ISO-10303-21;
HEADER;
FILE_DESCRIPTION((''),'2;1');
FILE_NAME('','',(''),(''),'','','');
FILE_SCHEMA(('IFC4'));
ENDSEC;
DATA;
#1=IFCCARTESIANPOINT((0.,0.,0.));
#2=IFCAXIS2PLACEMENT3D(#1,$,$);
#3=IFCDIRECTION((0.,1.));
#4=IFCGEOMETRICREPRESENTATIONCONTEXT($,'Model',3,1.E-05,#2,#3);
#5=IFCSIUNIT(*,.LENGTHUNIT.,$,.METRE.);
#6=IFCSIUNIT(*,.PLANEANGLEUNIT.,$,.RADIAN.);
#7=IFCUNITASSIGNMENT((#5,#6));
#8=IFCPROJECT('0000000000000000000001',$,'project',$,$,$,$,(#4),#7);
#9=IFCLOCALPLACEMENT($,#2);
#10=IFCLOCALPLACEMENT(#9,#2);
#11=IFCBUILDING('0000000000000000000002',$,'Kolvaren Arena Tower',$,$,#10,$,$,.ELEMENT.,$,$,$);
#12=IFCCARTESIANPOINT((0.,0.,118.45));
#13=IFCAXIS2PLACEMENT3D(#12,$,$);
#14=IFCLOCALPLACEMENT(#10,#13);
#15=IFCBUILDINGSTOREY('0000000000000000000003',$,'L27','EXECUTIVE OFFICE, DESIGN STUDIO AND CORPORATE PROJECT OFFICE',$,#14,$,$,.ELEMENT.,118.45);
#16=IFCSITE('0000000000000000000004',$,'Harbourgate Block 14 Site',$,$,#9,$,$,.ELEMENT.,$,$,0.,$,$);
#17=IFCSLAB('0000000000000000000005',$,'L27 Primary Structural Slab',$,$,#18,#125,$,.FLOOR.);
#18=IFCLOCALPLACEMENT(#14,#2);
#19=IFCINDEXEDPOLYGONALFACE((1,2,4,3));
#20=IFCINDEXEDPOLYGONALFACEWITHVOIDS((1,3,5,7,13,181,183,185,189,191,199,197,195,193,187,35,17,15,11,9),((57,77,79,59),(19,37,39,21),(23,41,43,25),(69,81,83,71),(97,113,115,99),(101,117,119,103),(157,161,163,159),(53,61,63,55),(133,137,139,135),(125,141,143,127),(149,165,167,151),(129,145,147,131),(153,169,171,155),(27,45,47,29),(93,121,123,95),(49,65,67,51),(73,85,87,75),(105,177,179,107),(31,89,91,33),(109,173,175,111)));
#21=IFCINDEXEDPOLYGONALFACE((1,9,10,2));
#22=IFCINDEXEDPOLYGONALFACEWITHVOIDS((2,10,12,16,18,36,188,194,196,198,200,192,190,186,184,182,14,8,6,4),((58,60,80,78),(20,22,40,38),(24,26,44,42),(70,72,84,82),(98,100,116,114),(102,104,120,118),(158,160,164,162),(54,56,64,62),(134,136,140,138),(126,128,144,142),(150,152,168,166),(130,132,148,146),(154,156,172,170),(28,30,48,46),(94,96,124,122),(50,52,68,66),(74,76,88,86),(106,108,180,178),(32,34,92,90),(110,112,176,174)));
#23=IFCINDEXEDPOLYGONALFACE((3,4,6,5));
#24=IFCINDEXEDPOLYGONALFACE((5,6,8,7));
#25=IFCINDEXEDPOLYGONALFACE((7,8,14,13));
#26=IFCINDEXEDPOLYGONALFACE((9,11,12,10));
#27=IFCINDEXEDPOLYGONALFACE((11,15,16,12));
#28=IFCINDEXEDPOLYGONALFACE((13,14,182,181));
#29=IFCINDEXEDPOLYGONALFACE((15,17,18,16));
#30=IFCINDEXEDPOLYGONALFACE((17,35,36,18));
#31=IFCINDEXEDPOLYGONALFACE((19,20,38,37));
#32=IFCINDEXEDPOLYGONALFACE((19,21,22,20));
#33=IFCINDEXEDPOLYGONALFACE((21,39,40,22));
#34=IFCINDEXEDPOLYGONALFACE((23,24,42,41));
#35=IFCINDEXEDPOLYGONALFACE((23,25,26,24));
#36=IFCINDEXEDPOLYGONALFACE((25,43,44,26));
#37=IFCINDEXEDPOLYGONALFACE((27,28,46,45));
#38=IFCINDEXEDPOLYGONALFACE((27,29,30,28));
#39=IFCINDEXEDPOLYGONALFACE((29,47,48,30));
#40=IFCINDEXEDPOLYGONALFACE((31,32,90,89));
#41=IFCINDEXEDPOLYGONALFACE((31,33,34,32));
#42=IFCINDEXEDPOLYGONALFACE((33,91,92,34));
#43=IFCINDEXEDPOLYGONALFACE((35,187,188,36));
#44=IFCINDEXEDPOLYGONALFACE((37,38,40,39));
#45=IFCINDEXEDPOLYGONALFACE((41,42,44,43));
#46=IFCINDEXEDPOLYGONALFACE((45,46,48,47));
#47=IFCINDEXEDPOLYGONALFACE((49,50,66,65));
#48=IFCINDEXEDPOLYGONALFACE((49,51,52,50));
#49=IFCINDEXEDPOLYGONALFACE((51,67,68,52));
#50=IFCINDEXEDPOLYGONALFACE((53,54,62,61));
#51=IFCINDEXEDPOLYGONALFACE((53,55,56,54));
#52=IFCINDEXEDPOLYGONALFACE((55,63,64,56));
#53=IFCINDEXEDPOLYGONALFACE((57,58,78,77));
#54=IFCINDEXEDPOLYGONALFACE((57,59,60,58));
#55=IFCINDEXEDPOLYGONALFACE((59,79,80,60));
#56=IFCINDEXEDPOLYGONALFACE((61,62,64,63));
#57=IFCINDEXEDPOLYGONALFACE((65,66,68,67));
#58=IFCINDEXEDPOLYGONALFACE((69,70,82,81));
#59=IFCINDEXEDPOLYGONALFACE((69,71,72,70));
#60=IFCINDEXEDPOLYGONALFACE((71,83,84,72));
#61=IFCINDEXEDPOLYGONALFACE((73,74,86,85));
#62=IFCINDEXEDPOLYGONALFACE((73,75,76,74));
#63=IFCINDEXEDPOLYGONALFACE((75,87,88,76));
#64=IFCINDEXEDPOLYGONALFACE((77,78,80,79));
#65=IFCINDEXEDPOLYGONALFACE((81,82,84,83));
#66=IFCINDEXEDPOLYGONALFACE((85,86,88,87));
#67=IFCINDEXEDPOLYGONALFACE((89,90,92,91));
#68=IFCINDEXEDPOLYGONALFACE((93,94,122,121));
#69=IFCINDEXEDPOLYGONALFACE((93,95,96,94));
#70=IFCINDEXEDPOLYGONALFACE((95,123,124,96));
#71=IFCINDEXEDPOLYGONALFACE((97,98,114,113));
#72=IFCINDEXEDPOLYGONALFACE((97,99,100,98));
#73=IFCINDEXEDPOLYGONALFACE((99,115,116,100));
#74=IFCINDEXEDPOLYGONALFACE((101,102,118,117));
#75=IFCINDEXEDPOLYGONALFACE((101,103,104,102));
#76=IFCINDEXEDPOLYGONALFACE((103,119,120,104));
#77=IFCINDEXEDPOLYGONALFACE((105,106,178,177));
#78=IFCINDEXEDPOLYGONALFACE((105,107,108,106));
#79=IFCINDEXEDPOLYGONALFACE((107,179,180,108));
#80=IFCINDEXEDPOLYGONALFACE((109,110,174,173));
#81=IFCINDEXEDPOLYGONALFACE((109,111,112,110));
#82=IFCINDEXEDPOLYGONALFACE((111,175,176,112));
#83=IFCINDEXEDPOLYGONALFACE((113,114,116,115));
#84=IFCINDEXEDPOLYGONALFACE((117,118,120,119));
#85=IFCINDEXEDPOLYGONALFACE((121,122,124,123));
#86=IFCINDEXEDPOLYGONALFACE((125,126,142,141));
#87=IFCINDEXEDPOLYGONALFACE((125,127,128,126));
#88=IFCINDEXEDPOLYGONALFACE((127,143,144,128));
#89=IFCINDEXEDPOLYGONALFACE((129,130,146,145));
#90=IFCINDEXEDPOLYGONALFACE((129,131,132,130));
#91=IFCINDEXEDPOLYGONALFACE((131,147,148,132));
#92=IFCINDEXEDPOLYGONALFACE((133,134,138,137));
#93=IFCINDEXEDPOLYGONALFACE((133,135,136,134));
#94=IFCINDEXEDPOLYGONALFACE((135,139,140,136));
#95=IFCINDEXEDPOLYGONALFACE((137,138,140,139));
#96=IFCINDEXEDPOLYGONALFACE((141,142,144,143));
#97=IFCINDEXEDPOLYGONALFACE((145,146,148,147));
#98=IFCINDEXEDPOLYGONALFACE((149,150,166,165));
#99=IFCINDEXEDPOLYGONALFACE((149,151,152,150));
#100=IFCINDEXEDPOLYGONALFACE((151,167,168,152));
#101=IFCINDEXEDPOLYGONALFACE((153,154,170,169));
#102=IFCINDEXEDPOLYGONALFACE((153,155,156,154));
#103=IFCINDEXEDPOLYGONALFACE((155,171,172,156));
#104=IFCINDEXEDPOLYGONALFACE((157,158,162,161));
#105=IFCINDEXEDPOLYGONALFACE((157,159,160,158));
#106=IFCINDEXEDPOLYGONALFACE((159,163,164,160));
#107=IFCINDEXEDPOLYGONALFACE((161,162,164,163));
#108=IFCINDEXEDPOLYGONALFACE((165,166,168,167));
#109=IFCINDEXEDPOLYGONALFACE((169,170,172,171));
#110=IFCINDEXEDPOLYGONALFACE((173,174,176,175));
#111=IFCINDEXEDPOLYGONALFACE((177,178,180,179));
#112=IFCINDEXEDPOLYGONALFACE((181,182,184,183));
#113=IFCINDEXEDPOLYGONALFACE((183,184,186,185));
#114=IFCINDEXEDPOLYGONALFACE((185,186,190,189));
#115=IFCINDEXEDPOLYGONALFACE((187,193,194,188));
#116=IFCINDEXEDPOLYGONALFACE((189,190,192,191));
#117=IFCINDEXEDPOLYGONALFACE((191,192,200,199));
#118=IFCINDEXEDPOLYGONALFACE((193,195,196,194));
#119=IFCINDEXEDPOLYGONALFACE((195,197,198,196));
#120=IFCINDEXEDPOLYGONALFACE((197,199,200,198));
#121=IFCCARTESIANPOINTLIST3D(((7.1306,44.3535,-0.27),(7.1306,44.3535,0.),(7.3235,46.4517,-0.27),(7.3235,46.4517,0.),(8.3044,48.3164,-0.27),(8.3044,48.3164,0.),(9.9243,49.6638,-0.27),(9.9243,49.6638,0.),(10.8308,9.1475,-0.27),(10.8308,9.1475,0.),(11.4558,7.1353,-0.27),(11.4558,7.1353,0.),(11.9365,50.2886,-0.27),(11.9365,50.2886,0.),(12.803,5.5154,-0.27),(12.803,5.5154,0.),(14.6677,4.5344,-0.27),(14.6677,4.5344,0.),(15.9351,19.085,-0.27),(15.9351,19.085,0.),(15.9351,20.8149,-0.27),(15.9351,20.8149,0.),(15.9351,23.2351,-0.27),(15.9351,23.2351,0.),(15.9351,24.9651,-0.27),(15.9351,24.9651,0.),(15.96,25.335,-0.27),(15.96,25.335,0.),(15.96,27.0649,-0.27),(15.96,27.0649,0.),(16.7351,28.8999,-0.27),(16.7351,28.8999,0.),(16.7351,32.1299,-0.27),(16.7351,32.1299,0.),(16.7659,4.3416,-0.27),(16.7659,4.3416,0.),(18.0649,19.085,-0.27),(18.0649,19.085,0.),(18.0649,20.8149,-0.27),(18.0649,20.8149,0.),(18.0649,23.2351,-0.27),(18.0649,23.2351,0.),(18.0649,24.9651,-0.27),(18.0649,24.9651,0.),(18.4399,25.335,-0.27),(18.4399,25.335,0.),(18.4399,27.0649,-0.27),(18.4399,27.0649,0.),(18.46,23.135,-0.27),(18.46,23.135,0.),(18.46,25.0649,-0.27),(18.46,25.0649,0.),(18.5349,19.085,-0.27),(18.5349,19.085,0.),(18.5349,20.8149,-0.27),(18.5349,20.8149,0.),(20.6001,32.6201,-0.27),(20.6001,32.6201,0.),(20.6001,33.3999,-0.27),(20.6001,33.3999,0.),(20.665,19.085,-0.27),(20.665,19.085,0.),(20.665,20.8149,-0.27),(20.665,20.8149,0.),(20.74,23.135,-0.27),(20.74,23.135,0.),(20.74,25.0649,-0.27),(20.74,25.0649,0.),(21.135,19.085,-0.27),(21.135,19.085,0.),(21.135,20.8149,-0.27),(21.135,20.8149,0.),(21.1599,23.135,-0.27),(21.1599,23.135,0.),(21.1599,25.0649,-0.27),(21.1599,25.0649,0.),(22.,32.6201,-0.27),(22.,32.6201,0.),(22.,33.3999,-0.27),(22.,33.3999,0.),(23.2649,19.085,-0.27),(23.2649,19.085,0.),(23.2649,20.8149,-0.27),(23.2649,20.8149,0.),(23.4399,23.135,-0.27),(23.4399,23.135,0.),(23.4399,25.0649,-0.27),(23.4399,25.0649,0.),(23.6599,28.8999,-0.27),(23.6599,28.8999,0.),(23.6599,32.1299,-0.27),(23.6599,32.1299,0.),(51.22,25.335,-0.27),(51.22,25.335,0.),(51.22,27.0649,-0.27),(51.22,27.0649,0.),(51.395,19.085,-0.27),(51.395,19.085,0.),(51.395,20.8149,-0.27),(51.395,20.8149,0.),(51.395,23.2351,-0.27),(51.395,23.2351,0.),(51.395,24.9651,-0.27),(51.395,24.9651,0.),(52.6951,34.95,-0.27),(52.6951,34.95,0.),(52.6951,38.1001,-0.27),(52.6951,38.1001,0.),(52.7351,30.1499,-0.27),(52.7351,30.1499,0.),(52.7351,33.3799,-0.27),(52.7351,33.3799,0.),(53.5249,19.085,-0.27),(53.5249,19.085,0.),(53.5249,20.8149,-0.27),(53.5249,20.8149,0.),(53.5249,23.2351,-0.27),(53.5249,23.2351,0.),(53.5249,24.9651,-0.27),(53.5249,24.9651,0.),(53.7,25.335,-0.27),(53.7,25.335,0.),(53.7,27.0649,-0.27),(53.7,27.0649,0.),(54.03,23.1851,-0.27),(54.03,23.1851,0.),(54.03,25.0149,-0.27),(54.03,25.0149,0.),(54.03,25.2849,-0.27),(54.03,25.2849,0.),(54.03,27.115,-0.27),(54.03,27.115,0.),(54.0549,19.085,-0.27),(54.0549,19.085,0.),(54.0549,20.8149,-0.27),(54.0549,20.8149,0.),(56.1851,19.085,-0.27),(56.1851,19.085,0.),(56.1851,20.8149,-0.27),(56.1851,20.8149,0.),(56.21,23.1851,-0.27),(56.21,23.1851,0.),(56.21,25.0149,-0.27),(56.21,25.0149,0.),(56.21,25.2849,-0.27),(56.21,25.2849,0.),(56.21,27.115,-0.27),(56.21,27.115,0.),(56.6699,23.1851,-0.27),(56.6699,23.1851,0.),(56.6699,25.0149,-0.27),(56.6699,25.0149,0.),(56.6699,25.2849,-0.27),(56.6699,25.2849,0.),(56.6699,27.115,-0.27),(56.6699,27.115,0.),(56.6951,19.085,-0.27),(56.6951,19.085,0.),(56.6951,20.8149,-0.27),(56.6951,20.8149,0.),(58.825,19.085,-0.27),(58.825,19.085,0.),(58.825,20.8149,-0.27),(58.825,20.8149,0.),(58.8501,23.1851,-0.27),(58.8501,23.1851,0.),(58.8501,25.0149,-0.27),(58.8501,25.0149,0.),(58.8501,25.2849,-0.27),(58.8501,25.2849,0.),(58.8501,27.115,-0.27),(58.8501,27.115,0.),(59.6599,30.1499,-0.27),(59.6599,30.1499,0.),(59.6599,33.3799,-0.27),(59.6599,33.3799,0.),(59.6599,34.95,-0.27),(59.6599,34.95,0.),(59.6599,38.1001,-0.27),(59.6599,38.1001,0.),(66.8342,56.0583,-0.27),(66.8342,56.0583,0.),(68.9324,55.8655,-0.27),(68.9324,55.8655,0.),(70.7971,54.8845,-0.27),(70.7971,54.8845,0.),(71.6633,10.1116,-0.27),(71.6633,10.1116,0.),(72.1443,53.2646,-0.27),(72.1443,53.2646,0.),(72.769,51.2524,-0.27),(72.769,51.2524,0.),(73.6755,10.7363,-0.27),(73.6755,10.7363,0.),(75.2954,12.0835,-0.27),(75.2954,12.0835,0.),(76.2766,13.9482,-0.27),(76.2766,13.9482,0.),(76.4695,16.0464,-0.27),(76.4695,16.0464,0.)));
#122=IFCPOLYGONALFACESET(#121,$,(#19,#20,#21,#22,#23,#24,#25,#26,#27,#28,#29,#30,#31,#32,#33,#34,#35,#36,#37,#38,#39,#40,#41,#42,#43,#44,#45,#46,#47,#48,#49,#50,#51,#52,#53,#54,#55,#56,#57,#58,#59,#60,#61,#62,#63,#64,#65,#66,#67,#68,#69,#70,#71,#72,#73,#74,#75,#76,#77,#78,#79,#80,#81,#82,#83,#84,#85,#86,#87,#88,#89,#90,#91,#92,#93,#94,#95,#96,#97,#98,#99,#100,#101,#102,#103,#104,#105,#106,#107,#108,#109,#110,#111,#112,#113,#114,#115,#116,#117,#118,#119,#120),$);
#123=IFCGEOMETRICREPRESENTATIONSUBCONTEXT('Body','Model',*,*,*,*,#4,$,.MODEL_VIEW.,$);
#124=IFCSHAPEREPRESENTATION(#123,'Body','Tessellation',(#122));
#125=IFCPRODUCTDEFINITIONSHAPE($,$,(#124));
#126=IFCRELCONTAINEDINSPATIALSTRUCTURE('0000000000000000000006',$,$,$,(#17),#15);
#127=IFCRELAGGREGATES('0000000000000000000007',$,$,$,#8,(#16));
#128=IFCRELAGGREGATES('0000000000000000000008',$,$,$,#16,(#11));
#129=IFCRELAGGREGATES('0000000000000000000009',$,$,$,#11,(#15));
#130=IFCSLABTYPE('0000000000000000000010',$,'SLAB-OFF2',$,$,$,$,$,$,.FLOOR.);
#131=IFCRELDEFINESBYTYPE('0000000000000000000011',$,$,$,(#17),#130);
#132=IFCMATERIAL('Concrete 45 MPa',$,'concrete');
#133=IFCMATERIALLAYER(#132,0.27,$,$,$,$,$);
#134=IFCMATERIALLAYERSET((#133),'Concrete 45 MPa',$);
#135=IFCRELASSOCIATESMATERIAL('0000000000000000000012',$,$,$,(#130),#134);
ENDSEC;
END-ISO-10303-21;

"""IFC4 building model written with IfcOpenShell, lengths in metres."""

from ifc_helpers import new_model, si_unit, direction, frame, origin, place, context, subcontext, project, spatial, polyline, outline, extrude, material, layer, layer_set, type_object, element, save


model = new_model("IFC4")

# Units and contexts
model_context = context("Model", 3, precision=1e-05, world=origin(), true_north=direction((0.0, 1.0)))
body_context = subcontext(model_context, "Body", "Model", "MODEL_VIEW")
ifc_project = project(units=[si_unit("LENGTHUNIT", "METRE"), si_unit("PLANEANGLEUNIT", "RADIAN")], contexts=[model_context])

# Site, building, storey
site_placement = place(None, origin())
site = spatial("IfcSite", under=ifc_project, at=site_placement, Name="Harbourgate Block 14 Site", CompositionType="ELEMENT", RefElevation=0.0)
building_placement = place(site_placement, origin())
building = spatial("IfcBuilding", under=site, at=building_placement, Name="Kolvaren Arena Tower", CompositionType="ELEMENT")
storey_placement = place(building_placement, frame((0.0, 0.0, 118.45)))
storey = spatial("IfcBuildingStorey", under=building, at=storey_placement, Name="L27", Description="EXECUTIVE OFFICE, DESIGN STUDIO AND CORPORATE PROJECT OFFICE", CompositionType="ELEMENT", Elevation=118.45)

# Shared definitions
ifc_material_1 = material(Name="Concrete 45 MPa", Category="concrete")

# Slab
ifc_layer_1 = layer(ifc_material_1, 0.27)
ifc_layer_set_1 = layer_set([ifc_layer_1], Name="Concrete 45 MPa")
slab_type_1 = type_object("IfcSlabType", Name="SLAB-OFF2", PredefinedType="FLOOR", material=ifc_layer_set_1)
slab_1_placement = place(storey_placement, frame((0.0, 0.0, -0.27)))
element("IfcSlab", 1, at=slab_1_placement, inside=storey, type_object=slab_type_1, Name="L27 Primary Structural Slab", PredefinedType="FLOOR", context=body_context, shape_type="SweptSolid", body=[
    extrude(outline(polyline([(71.6633, 10.1116), (73.6755, 10.7363), (75.2954, 12.0835), (76.2766, 13.9482), (76.4695, 16.0464), (72.769, 51.2524), (72.1443, 53.2646), (70.7971, 54.8845), (68.9324, 55.8655), (66.8342, 56.0583), (11.9365, 50.2886), (9.9243, 49.6638), (8.3044, 48.3164), (7.3235, 46.4517), (7.1306, 44.3535), (10.8308, 9.1475), (11.4558, 7.1353), (12.803, 5.5154), (14.6677, 4.5344), (16.7659, 4.3416), (71.6633, 10.1116)]), holes=[polyline([(15.9351, 19.085), (15.9351, 20.8149), (18.0649, 20.8149), (18.0649, 19.085), (15.9351, 19.085)]), polyline([(18.5349, 19.085), (18.5349, 20.8149), (20.665, 20.8149), (20.665, 19.085), (18.5349, 19.085)]), polyline([(21.135, 19.085), (21.135, 20.8149), (23.2649, 20.8149), (23.2649, 19.085), (21.135, 19.085)]), polyline([(51.395, 19.085), (51.395, 20.8149), (53.5249, 20.8149), (53.5249, 19.085), (51.395, 19.085)]), polyline([(54.0549, 19.085), (54.0549, 20.8149), (56.1851, 20.8149), (56.1851, 19.085), (54.0549, 19.085)]), polyline([(56.6951, 19.085), (56.6951, 20.8149), (58.825, 20.8149), (58.825, 19.085), (56.6951, 19.085)]), polyline([(18.46, 25.0649), (20.74, 25.0649), (20.74, 23.135), (18.46, 23.135), (18.46, 25.0649)]), polyline([(21.1599, 23.135), (21.1599, 25.0649), (23.4399, 25.0649), (23.4399, 23.135), (21.1599, 23.135)]), polyline([(54.03, 25.0149), (56.21, 25.0149), (56.21, 23.1851), (54.03, 23.1851), (54.03, 25.0149)]), polyline([(56.6699, 25.0149), (58.8501, 25.0149), (58.8501, 23.1851), (56.6699, 23.1851), (56.6699, 25.0149)]), polyline([(15.9351, 24.9651), (18.0649, 24.9651), (18.0649, 23.2351), (15.9351, 23.2351), (15.9351, 24.9651)]), polyline([(51.395, 23.2351), (51.395, 24.9651), (53.5249, 24.9651), (53.5249, 23.2351), (51.395, 23.2351)]), polyline([(54.03, 25.2849), (54.03, 27.115), (56.21, 27.115), (56.21, 25.2849), (54.03, 25.2849)]), polyline([(56.6699, 25.2849), (56.6699, 27.115), (58.8501, 27.115), (58.8501, 25.2849), (56.6699, 25.2849)]), polyline([(15.96, 25.335), (15.96, 27.0649), (18.4399, 27.0649), (18.4399, 25.335), (15.96, 25.335)]), polyline([(51.22, 25.335), (51.22, 27.0649), (53.7, 27.0649), (53.7, 25.335), (51.22, 25.335)]), polyline([(16.7351, 32.1299), (23.6599, 32.1299), (23.6599, 28.8999), (16.7351, 28.8999), (16.7351, 32.1299)]), polyline([(52.7351, 33.3799), (59.6599, 33.3799), (59.6599, 30.1499), (52.7351, 30.1499), (52.7351, 33.3799)]), polyline([(20.6001, 33.3999), (22.0, 33.3999), (22.0, 32.6201), (20.6001, 32.6201), (20.6001, 33.3999)]), polyline([(52.6951, 38.1001), (59.6599, 38.1001), (59.6599, 34.95), (52.6951, 34.95), (52.6951, 38.1001)])]), origin(), (0.0, 0.0, 1.0), 0.27),
])

save(model, "model.ifc")
